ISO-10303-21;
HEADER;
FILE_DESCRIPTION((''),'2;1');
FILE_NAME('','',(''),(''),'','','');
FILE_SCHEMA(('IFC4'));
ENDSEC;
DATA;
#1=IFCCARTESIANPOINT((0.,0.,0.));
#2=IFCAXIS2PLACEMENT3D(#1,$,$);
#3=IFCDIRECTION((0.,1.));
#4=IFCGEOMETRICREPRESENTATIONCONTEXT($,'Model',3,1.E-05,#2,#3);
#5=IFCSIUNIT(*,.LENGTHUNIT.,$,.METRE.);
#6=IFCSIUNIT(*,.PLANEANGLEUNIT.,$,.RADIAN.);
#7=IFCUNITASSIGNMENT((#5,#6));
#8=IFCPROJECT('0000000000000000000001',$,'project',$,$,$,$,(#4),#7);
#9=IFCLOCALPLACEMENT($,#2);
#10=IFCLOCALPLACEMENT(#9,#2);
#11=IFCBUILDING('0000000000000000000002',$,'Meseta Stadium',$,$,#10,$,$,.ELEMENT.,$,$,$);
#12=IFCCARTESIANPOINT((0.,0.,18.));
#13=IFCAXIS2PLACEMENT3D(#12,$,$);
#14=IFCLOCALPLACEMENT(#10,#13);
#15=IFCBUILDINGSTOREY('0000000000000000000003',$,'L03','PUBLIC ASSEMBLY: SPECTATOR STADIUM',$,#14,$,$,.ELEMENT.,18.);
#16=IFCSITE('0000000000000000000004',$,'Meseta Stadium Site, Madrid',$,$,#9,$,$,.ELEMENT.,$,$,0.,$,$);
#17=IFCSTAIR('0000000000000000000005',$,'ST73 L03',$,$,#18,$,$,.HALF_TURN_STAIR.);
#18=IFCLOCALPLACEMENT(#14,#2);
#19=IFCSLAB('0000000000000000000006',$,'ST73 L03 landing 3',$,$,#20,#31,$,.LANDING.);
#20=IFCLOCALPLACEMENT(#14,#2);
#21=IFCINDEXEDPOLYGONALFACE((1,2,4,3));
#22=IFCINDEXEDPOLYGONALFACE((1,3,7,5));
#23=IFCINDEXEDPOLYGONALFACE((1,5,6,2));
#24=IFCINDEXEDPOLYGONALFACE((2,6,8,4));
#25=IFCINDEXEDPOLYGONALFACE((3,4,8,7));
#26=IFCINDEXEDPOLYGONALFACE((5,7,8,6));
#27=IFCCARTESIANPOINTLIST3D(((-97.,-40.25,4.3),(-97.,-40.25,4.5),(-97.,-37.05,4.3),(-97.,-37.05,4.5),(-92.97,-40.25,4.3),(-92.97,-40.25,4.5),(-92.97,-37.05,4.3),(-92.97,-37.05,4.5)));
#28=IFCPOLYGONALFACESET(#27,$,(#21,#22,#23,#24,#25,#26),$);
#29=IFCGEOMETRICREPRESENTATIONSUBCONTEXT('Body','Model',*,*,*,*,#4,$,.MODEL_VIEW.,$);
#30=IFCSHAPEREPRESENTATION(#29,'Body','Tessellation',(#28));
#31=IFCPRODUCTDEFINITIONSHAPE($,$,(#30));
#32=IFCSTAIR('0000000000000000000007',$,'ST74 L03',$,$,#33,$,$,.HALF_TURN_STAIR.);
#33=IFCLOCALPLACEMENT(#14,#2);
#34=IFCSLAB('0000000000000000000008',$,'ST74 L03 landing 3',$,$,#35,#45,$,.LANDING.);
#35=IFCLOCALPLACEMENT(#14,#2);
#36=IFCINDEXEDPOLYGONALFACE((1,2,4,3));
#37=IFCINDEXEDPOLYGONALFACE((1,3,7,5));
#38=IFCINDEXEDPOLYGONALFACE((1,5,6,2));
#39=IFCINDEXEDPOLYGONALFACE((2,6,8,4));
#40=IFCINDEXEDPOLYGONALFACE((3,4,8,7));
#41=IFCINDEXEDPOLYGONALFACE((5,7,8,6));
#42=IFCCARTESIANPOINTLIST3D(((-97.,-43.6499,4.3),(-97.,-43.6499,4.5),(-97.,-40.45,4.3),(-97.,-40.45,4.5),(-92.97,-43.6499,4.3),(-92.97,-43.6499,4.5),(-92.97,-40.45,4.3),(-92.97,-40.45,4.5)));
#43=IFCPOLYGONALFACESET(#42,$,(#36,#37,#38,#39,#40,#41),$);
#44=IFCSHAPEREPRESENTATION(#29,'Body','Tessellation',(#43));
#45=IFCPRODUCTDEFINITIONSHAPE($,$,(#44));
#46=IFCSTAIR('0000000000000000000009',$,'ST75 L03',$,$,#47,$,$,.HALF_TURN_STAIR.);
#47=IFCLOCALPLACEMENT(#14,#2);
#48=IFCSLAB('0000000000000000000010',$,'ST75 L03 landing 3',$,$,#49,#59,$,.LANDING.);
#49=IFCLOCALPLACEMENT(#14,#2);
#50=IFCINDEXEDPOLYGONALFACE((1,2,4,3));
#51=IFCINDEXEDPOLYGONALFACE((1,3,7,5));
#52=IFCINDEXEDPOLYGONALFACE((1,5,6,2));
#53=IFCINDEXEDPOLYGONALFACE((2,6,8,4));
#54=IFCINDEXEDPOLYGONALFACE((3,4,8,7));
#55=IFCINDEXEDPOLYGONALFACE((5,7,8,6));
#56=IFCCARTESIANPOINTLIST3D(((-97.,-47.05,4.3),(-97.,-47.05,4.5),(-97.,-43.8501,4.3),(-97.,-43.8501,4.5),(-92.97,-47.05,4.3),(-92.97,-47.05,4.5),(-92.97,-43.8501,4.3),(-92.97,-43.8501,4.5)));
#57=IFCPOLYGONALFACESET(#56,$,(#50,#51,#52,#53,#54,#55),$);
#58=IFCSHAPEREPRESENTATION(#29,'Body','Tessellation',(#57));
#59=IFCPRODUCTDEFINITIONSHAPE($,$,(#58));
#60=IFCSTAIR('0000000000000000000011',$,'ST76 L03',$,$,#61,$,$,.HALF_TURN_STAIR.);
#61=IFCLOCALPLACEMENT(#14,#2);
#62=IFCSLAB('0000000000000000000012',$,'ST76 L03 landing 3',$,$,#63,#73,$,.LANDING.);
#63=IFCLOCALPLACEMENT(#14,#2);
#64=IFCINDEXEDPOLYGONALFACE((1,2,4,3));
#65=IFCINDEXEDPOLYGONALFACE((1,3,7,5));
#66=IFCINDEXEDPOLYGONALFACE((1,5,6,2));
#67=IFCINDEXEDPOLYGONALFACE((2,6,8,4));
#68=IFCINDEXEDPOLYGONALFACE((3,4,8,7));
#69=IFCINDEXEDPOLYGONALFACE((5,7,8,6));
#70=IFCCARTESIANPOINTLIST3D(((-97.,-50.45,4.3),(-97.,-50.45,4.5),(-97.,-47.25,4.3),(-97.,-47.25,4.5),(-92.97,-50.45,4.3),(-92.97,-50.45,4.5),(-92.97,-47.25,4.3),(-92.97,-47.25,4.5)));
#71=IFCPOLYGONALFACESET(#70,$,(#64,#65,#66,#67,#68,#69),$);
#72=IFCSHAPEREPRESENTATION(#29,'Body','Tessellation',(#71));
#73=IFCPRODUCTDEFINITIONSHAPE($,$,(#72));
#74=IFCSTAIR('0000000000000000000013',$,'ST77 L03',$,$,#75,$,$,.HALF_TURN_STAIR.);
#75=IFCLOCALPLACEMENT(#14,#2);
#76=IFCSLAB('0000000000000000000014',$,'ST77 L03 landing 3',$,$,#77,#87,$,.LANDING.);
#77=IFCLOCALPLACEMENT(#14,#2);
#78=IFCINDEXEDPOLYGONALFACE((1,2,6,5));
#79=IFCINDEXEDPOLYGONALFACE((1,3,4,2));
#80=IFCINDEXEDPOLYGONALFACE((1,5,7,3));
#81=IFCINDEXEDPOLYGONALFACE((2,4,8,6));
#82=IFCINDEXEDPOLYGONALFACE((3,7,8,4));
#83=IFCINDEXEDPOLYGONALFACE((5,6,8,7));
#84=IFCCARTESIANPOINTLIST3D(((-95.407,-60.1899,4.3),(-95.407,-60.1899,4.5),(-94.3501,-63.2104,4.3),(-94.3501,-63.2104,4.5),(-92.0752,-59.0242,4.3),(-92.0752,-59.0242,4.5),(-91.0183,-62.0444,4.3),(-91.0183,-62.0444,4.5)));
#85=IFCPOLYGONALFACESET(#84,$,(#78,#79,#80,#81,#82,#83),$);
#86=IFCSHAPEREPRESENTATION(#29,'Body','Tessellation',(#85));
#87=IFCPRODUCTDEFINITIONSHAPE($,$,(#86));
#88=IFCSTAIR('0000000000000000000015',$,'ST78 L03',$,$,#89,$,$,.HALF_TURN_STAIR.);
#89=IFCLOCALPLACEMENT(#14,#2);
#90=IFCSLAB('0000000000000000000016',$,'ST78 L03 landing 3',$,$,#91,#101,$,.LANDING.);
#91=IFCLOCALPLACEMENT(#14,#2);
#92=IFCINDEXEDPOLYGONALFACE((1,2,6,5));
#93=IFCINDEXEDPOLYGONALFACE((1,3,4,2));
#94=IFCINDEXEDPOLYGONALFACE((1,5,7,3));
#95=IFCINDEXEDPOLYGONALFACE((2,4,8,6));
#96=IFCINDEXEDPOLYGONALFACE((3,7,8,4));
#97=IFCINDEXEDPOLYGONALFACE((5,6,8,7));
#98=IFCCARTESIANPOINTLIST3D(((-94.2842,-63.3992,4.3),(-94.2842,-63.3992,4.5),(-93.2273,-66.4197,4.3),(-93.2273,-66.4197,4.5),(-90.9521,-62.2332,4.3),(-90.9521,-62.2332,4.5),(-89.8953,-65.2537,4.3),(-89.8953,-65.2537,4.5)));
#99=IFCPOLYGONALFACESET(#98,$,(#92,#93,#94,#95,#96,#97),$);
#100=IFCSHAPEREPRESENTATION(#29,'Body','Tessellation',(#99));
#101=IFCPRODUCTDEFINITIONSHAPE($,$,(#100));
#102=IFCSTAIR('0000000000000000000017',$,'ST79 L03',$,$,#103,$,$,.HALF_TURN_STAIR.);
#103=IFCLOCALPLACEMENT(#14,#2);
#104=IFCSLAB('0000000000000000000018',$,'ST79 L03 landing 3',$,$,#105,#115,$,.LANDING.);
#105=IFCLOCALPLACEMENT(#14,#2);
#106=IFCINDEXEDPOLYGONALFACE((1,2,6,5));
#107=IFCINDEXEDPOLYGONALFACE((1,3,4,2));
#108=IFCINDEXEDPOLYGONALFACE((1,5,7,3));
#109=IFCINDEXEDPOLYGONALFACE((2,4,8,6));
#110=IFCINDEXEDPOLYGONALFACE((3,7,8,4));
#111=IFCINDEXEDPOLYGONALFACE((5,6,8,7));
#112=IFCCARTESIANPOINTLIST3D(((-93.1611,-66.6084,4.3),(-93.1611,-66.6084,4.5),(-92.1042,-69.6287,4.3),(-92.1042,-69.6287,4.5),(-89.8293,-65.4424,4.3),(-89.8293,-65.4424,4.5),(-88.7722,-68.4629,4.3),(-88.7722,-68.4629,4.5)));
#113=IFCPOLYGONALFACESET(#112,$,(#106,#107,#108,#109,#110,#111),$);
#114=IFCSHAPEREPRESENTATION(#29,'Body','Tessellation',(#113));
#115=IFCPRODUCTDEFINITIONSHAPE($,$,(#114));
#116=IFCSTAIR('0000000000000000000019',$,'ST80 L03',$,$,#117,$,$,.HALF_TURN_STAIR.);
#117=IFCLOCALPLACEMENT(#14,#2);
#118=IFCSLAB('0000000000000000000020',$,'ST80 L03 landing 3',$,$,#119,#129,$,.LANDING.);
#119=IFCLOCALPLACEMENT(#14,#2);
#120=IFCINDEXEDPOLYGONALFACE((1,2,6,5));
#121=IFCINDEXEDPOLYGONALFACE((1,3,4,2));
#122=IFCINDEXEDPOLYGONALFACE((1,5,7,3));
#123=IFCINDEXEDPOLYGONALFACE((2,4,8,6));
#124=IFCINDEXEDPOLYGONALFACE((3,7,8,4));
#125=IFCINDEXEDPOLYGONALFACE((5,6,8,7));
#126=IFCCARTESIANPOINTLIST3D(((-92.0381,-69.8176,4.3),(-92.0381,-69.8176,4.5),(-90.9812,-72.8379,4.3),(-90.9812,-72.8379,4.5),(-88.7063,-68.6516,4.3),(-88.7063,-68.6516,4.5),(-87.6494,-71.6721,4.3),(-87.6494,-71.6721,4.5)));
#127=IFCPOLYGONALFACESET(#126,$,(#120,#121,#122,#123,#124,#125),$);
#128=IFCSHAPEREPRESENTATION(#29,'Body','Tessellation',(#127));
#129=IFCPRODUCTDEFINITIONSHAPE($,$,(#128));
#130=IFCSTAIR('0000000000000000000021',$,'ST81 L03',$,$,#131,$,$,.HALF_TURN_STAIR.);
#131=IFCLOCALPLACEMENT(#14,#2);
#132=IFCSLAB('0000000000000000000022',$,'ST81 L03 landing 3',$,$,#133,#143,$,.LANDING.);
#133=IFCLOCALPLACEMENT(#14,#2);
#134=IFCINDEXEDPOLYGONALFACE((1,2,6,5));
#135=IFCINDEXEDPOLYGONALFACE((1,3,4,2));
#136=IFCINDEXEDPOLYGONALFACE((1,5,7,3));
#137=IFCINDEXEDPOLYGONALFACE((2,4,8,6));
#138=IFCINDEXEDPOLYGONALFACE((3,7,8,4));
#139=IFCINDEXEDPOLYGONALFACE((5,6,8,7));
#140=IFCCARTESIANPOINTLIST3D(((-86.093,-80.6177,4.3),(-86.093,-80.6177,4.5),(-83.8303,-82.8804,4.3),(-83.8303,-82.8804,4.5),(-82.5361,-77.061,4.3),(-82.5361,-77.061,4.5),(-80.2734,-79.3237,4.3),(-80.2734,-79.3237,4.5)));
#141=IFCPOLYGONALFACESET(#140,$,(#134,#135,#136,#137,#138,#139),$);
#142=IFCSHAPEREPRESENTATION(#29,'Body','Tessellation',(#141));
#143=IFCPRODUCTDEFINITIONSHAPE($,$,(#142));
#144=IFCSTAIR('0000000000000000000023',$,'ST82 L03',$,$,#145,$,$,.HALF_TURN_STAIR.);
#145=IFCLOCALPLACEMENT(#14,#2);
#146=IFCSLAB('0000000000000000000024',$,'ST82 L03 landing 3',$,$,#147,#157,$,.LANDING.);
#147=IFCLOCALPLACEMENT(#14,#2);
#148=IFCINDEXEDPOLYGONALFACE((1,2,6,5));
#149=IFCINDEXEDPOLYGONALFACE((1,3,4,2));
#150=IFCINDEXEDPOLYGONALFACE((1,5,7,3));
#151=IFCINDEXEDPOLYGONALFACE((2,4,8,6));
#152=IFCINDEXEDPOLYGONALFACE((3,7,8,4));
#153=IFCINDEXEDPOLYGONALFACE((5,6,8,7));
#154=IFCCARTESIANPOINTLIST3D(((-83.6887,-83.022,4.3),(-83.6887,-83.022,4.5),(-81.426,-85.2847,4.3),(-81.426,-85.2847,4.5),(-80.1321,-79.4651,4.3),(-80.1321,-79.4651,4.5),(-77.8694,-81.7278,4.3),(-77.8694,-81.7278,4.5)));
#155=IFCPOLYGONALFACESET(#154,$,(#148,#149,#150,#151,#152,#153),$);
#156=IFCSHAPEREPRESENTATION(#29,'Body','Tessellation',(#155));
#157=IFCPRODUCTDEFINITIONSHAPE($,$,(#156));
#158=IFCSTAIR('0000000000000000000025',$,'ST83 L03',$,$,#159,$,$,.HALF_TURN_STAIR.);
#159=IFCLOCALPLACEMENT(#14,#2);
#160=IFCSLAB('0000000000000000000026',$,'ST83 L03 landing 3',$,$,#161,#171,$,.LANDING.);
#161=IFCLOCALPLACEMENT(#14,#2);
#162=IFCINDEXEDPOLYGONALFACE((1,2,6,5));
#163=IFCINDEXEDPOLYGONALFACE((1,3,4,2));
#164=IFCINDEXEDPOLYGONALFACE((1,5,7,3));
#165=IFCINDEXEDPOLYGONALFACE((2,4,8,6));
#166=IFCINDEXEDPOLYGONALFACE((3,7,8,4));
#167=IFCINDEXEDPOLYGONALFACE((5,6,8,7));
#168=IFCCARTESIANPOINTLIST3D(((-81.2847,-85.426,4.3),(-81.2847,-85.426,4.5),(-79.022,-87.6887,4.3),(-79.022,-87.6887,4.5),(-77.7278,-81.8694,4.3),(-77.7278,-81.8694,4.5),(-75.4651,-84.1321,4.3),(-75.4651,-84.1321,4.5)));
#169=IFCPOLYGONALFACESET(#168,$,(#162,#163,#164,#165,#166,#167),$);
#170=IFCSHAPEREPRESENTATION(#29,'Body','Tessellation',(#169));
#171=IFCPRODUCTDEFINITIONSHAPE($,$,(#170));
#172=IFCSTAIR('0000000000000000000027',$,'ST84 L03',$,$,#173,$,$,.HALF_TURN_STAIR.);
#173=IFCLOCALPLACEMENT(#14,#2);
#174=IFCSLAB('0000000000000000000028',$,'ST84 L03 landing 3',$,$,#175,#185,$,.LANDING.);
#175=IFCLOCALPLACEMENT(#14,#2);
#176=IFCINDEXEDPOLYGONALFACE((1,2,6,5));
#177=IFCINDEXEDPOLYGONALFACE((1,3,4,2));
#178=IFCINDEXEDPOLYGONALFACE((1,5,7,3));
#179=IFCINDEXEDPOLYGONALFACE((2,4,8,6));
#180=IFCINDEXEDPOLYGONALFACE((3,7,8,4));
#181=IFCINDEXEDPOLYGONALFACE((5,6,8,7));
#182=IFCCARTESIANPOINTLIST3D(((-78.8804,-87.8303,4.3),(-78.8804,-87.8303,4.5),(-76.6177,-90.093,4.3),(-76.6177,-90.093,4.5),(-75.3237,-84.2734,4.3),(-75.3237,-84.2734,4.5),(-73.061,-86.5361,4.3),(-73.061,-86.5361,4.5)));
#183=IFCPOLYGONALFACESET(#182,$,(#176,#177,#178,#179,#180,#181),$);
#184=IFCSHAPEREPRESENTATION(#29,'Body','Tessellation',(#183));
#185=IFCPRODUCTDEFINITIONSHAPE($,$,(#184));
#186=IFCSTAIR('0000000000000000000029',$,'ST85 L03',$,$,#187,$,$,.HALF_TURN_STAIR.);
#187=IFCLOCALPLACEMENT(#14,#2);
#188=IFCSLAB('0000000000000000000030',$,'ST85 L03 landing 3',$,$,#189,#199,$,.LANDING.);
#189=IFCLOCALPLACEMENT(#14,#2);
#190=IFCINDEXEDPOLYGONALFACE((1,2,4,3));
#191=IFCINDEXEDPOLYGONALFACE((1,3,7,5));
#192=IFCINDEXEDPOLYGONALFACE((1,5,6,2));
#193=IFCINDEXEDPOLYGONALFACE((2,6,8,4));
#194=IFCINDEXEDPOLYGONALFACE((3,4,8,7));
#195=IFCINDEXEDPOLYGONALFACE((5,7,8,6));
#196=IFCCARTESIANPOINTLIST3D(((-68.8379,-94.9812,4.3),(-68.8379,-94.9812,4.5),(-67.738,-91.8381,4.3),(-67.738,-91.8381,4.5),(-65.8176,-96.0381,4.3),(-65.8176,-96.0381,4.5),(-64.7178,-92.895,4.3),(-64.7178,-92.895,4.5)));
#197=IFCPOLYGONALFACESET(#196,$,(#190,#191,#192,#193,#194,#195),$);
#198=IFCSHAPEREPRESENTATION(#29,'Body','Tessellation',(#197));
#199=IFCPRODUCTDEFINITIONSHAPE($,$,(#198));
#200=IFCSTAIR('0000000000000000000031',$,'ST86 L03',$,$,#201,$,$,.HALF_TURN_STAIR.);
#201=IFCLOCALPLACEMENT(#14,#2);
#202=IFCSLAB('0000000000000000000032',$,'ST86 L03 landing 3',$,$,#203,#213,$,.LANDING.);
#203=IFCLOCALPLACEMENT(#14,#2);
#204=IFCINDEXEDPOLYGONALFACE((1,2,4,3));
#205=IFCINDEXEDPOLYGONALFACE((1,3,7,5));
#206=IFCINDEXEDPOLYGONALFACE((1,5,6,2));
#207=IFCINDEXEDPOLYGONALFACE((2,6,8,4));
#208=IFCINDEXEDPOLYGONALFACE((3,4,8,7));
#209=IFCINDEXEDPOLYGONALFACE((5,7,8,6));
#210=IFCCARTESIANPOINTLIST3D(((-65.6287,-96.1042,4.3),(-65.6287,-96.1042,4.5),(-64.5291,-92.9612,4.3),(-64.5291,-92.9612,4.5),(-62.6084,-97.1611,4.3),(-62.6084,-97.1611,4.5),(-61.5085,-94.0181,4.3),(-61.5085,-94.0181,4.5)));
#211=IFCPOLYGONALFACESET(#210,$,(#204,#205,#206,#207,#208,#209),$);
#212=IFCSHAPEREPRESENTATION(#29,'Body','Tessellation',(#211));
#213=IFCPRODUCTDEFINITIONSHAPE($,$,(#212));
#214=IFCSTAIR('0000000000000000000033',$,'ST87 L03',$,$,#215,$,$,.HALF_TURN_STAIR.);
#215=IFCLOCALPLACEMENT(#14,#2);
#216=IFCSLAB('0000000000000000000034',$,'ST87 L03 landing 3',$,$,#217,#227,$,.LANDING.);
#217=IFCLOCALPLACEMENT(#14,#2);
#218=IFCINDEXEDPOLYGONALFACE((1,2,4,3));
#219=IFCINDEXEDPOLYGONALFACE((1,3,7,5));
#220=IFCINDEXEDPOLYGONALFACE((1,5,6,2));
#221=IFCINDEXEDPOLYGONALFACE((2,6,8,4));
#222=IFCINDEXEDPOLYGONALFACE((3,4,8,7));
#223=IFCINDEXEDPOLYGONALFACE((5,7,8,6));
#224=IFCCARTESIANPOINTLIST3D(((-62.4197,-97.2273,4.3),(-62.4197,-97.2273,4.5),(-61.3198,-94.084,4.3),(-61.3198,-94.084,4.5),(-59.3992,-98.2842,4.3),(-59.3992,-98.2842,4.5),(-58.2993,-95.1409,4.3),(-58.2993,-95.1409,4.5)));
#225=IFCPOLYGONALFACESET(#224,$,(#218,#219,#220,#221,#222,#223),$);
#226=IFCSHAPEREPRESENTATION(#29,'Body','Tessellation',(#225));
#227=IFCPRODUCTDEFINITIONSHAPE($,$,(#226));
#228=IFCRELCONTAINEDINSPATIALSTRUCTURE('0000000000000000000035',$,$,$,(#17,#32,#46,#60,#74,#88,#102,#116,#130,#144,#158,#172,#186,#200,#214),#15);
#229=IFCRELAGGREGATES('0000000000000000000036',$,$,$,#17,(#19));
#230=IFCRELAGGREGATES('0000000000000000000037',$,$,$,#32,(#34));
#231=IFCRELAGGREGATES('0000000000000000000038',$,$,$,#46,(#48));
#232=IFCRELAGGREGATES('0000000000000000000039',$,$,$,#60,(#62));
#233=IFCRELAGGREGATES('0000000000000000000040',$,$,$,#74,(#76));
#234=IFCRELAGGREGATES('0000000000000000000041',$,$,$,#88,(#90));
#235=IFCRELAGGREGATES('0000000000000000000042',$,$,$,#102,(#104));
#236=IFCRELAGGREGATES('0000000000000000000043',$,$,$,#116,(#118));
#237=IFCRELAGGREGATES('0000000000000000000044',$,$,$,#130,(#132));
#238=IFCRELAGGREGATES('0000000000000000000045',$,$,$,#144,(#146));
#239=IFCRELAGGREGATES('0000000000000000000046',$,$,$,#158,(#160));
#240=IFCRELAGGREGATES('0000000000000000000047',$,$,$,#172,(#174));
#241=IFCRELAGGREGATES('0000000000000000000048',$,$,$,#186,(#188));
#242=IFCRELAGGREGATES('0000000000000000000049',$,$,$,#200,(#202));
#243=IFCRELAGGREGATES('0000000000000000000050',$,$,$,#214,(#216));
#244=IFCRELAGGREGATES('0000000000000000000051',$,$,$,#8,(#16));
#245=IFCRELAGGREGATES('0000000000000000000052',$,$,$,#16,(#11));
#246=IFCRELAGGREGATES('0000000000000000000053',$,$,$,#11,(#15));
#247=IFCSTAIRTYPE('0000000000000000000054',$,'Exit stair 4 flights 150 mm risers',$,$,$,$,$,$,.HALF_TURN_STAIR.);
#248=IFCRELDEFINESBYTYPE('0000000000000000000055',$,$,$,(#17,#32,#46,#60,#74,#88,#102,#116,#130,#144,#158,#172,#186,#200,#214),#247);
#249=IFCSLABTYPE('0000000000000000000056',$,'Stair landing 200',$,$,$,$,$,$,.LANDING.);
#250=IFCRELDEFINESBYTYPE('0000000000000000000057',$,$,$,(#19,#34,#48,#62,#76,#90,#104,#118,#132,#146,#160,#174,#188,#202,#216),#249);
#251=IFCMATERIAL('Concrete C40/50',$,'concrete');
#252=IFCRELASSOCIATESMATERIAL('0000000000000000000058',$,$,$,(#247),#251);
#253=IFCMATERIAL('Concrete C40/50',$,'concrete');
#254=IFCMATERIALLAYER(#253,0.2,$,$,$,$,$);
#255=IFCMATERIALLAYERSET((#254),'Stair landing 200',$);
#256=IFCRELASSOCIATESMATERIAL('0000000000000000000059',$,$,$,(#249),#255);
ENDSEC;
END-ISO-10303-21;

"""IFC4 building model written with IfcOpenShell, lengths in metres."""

from ifc_helpers import new_model, si_unit, direction, frame, origin, place, context, subcontext, project, spatial, polyline, outline, extrude, material, layer, layer_set, type_object, element, aggregate, save


model = new_model("IFC4")

# Units and contexts
model_context = context("Model", 3, precision=1e-05, world=origin(), true_north=direction((0.0, 1.0)))
body_context = subcontext(model_context, "Body", "Model", "MODEL_VIEW")
ifc_project = project(units=[si_unit("LENGTHUNIT", "METRE"), si_unit("PLANEANGLEUNIT", "RADIAN")], contexts=[model_context])

# Site, building, storey
site_placement = place(None, origin())
site = spatial("IfcSite", under=ifc_project, at=site_placement, Name="Meseta Stadium Site, Madrid", CompositionType="ELEMENT", RefElevation=0.0)
building_placement = place(site_placement, origin())
building = spatial("IfcBuilding", under=site, at=building_placement, Name="Meseta Stadium", CompositionType="ELEMENT")
storey_placement = place(building_placement, frame((0.0, 0.0, 18.0)))
storey = spatial("IfcBuildingStorey", under=building, at=storey_placement, Name="L03", Description="PUBLIC ASSEMBLY: SPECTATOR STADIUM", CompositionType="ELEMENT", Elevation=18.0)

# Stairs, slabs
ifc_material_1 = material(Name="Concrete C40/50", Category="concrete")
stair_type = type_object("IfcStairType", Name="Exit stair 4 flights 150 mm risers", PredefinedType="HALF_TURN_STAIR", material=ifc_material_1)
stair_1_placement = place(storey_placement, origin())
stair_1 = element("IfcStair", 1, at=stair_1_placement, inside=storey, type_object=stair_type, Name="ST73 L03", PredefinedType="HALF_TURN_STAIR")
ifc_material_2 = material(Name="Concrete C40/50", Category="concrete")
ifc_layer = layer(ifc_material_2, 0.2)
ifc_layer_set = layer_set([ifc_layer], Name="Stair landing 200")
slab_type = type_object("IfcSlabType", Name="Stair landing 200", PredefinedType="LANDING", material=ifc_layer_set)
slab_1_placement = place(storey_placement, frame((0.0, 0.0, 4.3)))
slab_1 = element("IfcSlab", 2, at=slab_1_placement, type_object=slab_type, Name="ST73 L03 landing 3", PredefinedType="LANDING", context=body_context, shape_type="SweptSolid", body=[
    extrude(outline(polyline([(-92.97, -37.05), (-97.0, -37.05), (-97.0, -40.25), (-92.97, -40.25), (-92.97, -37.05)])), origin(), (0.0, 0.0, 1.0), 0.2),
])
aggregate(stair_1, [slab_1])
stair_2_placement = place(storey_placement, origin())
stair_2 = element("IfcStair", 3, at=stair_2_placement, inside=storey, type_object=stair_type, Name="ST74 L03", PredefinedType="HALF_TURN_STAIR")
slab_2_placement = place(storey_placement, frame((0.0, 0.0, 4.3)))
slab_2 = element("IfcSlab", 4, at=slab_2_placement, type_object=slab_type, Name="ST74 L03 landing 3", PredefinedType="LANDING", context=body_context, shape_type="SweptSolid", body=[
    extrude(outline(polyline([(-92.97, -40.45), (-97.0, -40.45), (-97.0, -43.6499), (-92.97, -43.6499), (-92.97, -40.45)])), origin(), (0.0, 0.0, 1.0), 0.2),
])
aggregate(stair_2, [slab_2])
stair_3_placement = place(storey_placement, origin())
stair_3 = element("IfcStair", 5, at=stair_3_placement, inside=storey, type_object=stair_type, Name="ST75 L03", PredefinedType="HALF_TURN_STAIR")
slab_3_placement = place(storey_placement, frame((0.0, 0.0, 4.3)))
slab_3 = element("IfcSlab", 6, at=slab_3_placement, type_object=slab_type, Name="ST75 L03 landing 3", PredefinedType="LANDING", context=body_context, shape_type="SweptSolid", body=[
    extrude(outline(polyline([(-92.97, -43.8501), (-97.0, -43.8501), (-97.0, -47.05), (-92.97, -47.05), (-92.97, -43.8501)])), origin(), (0.0, 0.0, 1.0), 0.2),
])
aggregate(stair_3, [slab_3])
stair_4_placement = place(storey_placement, origin())
stair_4 = element("IfcStair", 7, at=stair_4_placement, inside=storey, type_object=stair_type, Name="ST76 L03", PredefinedType="HALF_TURN_STAIR")
slab_4_placement = place(storey_placement, frame((0.0, 0.0, 4.3)))
slab_4 = element("IfcSlab", 8, at=slab_4_placement, type_object=slab_type, Name="ST76 L03 landing 3", PredefinedType="LANDING", context=body_context, shape_type="SweptSolid", body=[
    extrude(outline(polyline([(-92.97, -47.25), (-97.0, -47.25), (-97.0, -50.45), (-92.97, -50.45), (-92.97, -47.25)])), origin(), (0.0, 0.0, 1.0), 0.2),
])
aggregate(stair_4, [slab_4])
stair_5_placement = place(storey_placement, origin())
stair_5 = element("IfcStair", 9, at=stair_5_placement, inside=storey, type_object=stair_type, Name="ST77 L03", PredefinedType="HALF_TURN_STAIR")
slab_5_placement = place(storey_placement, frame((0.0, 0.0, 4.3)))
slab_5 = element("IfcSlab", 10, at=slab_5_placement, type_object=slab_type, Name="ST77 L03 landing 3", PredefinedType="LANDING", context=body_context, shape_type="SweptSolid", body=[
    extrude(outline(polyline([(-92.0752, -59.0242), (-95.407, -60.1899), (-94.3501, -63.2104), (-91.0183, -62.0444), (-92.0752, -59.0242)])), origin(), (0.0, 0.0, 1.0), 0.2),
])
aggregate(stair_5, [slab_5])
stair_6_placement = place(storey_placement, origin())
stair_6 = element("IfcStair", 11, at=stair_6_placement, inside=storey, type_object=stair_type, Name="ST78 L03", PredefinedType="HALF_TURN_STAIR")
slab_6_placement = place(storey_placement, frame((0.0, 0.0, 4.3)))
slab_6 = element("IfcSlab", 12, at=slab_6_placement, type_object=slab_type, Name="ST78 L03 landing 3", PredefinedType="LANDING", context=body_context, shape_type="SweptSolid", body=[
    extrude(outline(polyline([(-90.9521, -62.2332), (-94.2842, -63.3992), (-93.2273, -66.4197), (-89.8953, -65.2537), (-90.9521, -62.2332)])), origin(), (0.0, 0.0, 1.0), 0.2),
])
aggregate(stair_6, [slab_6])
stair_7_placement = place(storey_placement, origin())
stair_7 = element("IfcStair", 13, at=stair_7_placement, inside=storey, type_object=stair_type, Name="ST79 L03", PredefinedType="HALF_TURN_STAIR")
slab_7_placement = place(storey_placement, frame((0.0, 0.0, 4.3)))
slab_7 = element("IfcSlab", 14, at=slab_7_placement, type_object=slab_type, Name="ST79 L03 landing 3", PredefinedType="LANDING", context=body_context, shape_type="SweptSolid", body=[
    extrude(outline(polyline([(-89.8293, -65.4424), (-93.1611, -66.6084), (-92.1042, -69.6287), (-88.7722, -68.4629), (-89.8293, -65.4424)])), origin(), (0.0, 0.0, 1.0), 0.2),
])
aggregate(stair_7, [slab_7])
stair_8_placement = place(storey_placement, origin())
stair_8 = element("IfcStair", 15, at=stair_8_placement, inside=storey, type_object=stair_type, Name="ST80 L03", PredefinedType="HALF_TURN_STAIR")
slab_8_placement = place(storey_placement, frame((0.0, 0.0, 4.3)))
slab_8 = element("IfcSlab", 16, at=slab_8_placement, type_object=slab_type, Name="ST80 L03 landing 3", PredefinedType="LANDING", context=body_context, shape_type="SweptSolid", body=[
    extrude(outline(polyline([(-88.7063, -68.6516), (-92.0381, -69.8176), (-90.9812, -72.8379), (-87.6494, -71.6721), (-88.7063, -68.6516)])), origin(), (0.0, 0.0, 1.0), 0.2),
])
aggregate(stair_8, [slab_8])
stair_9_placement = place(storey_placement, origin())
stair_9 = element("IfcStair", 17, at=stair_9_placement, inside=storey, type_object=stair_type, Name="ST81 L03", PredefinedType="HALF_TURN_STAIR")
slab_9_placement = place(storey_placement, frame((0.0, 0.0, 4.3)))
slab_9 = element("IfcSlab", 18, at=slab_9_placement, type_object=slab_type, Name="ST81 L03 landing 3", PredefinedType="LANDING", context=body_context, shape_type="SweptSolid", body=[
    extrude(outline(polyline([(-82.5361, -77.061), (-86.093, -80.6177), (-83.8303, -82.8804), (-80.2734, -79.3237), (-82.5361, -77.061)])), origin(), (0.0, 0.0, 1.0), 0.2),
])
aggregate(stair_9, [slab_9])
stair_10_placement = place(storey_placement, origin())
stair_10 = element("IfcStair", 19, at=stair_10_placement, inside=storey, type_object=stair_type, Name="ST82 L03", PredefinedType="HALF_TURN_STAIR")
slab_10_placement = place(storey_placement, frame((0.0, 0.0, 4.3)))
slab_10 = element("IfcSlab", 20, at=slab_10_placement, type_object=slab_type, Name="ST82 L03 landing 3", PredefinedType="LANDING", context=body_context, shape_type="SweptSolid", body=[
    extrude(outline(polyline([(-80.1321, -79.4651), (-83.6887, -83.022), (-81.426, -85.2847), (-77.8694, -81.7278), (-80.1321, -79.4651)])), origin(), (0.0, 0.0, 1.0), 0.2),
])
aggregate(stair_10, [slab_10])
stair_11_placement = place(storey_placement, origin())
stair_11 = element("IfcStair", 21, at=stair_11_placement, inside=storey, type_object=stair_type, Name="ST83 L03", PredefinedType="HALF_TURN_STAIR")
slab_11_placement = place(storey_placement, frame((0.0, 0.0, 4.3)))
slab_11 = element("IfcSlab", 22, at=slab_11_placement, type_object=slab_type, Name="ST83 L03 landing 3", PredefinedType="LANDING", context=body_context, shape_type="SweptSolid", body=[
    extrude(outline(polyline([(-77.7278, -81.8694), (-81.2847, -85.426), (-79.022, -87.6887), (-75.4651, -84.1321), (-77.7278, -81.8694)])), origin(), (0.0, 0.0, 1.0), 0.2),
])
aggregate(stair_11, [slab_11])
stair_12_placement = place(storey_placement, origin())
stair_12 = element("IfcStair", 23, at=stair_12_placement, inside=storey, type_object=stair_type, Name="ST84 L03", PredefinedType="HALF_TURN_STAIR")
slab_12_placement = place(storey_placement, frame((0.0, 0.0, 4.3)))
slab_12 = element("IfcSlab", 24, at=slab_12_placement, type_object=slab_type, Name="ST84 L03 landing 3", PredefinedType="LANDING", context=body_context, shape_type="SweptSolid", body=[
    extrude(outline(polyline([(-75.3237, -84.2734), (-78.8804, -87.8303), (-76.6177, -90.093), (-73.061, -86.5361), (-75.3237, -84.2734)])), origin(), (0.0, 0.0, 1.0), 0.2),
])
aggregate(stair_12, [slab_12])
stair_13_placement = place(storey_placement, origin())
stair_13 = element("IfcStair", 25, at=stair_13_placement, inside=storey, type_object=stair_type, Name="ST85 L03", PredefinedType="HALF_TURN_STAIR")
slab_13_placement = place(storey_placement, frame((0.0, 0.0, 4.3)))
slab_13 = element("IfcSlab", 26, at=slab_13_placement, type_object=slab_type, Name="ST85 L03 landing 3", PredefinedType="LANDING", context=body_context, shape_type="SweptSolid", body=[
    extrude(outline(polyline([(-67.738, -91.8381), (-68.8379, -94.9812), (-65.8176, -96.0381), (-64.7178, -92.895), (-67.738, -91.8381)])), origin(), (0.0, 0.0, 1.0), 0.2),
])
aggregate(stair_13, [slab_13])
stair_14_placement = place(storey_placement, origin())
stair_14 = element("IfcStair", 27, at=stair_14_placement, inside=storey, type_object=stair_type, Name="ST86 L03", PredefinedType="HALF_TURN_STAIR")
slab_14_placement = place(storey_placement, frame((0.0, 0.0, 4.3)))
slab_14 = element("IfcSlab", 28, at=slab_14_placement, type_object=slab_type, Name="ST86 L03 landing 3", PredefinedType="LANDING", context=body_context, shape_type="SweptSolid", body=[
    extrude(outline(polyline([(-64.5291, -92.9612), (-65.6287, -96.1042), (-62.6084, -97.1611), (-61.5085, -94.0181), (-64.5291, -92.9612)])), origin(), (0.0, 0.0, 1.0), 0.2),
])
aggregate(stair_14, [slab_14])
stair_15_placement = place(storey_placement, origin())
stair_15 = element("IfcStair", 29, at=stair_15_placement, inside=storey, type_object=stair_type, Name="ST87 L03", PredefinedType="HALF_TURN_STAIR")
slab_15_placement = place(storey_placement, frame((0.0, 0.0, 4.3)))
slab_15 = element("IfcSlab", 30, at=slab_15_placement, type_object=slab_type, Name="ST87 L03 landing 3", PredefinedType="LANDING", context=body_context, shape_type="SweptSolid", body=[
    extrude(outline(polyline([(-61.3198, -94.084), (-62.4197, -97.2273), (-59.3992, -98.2842), (-58.2993, -95.1409), (-61.3198, -94.084)])), origin(), (0.0, 0.0, 1.0), 0.2),
])
aggregate(stair_15, [slab_15])

save(model, "model.ifc")
